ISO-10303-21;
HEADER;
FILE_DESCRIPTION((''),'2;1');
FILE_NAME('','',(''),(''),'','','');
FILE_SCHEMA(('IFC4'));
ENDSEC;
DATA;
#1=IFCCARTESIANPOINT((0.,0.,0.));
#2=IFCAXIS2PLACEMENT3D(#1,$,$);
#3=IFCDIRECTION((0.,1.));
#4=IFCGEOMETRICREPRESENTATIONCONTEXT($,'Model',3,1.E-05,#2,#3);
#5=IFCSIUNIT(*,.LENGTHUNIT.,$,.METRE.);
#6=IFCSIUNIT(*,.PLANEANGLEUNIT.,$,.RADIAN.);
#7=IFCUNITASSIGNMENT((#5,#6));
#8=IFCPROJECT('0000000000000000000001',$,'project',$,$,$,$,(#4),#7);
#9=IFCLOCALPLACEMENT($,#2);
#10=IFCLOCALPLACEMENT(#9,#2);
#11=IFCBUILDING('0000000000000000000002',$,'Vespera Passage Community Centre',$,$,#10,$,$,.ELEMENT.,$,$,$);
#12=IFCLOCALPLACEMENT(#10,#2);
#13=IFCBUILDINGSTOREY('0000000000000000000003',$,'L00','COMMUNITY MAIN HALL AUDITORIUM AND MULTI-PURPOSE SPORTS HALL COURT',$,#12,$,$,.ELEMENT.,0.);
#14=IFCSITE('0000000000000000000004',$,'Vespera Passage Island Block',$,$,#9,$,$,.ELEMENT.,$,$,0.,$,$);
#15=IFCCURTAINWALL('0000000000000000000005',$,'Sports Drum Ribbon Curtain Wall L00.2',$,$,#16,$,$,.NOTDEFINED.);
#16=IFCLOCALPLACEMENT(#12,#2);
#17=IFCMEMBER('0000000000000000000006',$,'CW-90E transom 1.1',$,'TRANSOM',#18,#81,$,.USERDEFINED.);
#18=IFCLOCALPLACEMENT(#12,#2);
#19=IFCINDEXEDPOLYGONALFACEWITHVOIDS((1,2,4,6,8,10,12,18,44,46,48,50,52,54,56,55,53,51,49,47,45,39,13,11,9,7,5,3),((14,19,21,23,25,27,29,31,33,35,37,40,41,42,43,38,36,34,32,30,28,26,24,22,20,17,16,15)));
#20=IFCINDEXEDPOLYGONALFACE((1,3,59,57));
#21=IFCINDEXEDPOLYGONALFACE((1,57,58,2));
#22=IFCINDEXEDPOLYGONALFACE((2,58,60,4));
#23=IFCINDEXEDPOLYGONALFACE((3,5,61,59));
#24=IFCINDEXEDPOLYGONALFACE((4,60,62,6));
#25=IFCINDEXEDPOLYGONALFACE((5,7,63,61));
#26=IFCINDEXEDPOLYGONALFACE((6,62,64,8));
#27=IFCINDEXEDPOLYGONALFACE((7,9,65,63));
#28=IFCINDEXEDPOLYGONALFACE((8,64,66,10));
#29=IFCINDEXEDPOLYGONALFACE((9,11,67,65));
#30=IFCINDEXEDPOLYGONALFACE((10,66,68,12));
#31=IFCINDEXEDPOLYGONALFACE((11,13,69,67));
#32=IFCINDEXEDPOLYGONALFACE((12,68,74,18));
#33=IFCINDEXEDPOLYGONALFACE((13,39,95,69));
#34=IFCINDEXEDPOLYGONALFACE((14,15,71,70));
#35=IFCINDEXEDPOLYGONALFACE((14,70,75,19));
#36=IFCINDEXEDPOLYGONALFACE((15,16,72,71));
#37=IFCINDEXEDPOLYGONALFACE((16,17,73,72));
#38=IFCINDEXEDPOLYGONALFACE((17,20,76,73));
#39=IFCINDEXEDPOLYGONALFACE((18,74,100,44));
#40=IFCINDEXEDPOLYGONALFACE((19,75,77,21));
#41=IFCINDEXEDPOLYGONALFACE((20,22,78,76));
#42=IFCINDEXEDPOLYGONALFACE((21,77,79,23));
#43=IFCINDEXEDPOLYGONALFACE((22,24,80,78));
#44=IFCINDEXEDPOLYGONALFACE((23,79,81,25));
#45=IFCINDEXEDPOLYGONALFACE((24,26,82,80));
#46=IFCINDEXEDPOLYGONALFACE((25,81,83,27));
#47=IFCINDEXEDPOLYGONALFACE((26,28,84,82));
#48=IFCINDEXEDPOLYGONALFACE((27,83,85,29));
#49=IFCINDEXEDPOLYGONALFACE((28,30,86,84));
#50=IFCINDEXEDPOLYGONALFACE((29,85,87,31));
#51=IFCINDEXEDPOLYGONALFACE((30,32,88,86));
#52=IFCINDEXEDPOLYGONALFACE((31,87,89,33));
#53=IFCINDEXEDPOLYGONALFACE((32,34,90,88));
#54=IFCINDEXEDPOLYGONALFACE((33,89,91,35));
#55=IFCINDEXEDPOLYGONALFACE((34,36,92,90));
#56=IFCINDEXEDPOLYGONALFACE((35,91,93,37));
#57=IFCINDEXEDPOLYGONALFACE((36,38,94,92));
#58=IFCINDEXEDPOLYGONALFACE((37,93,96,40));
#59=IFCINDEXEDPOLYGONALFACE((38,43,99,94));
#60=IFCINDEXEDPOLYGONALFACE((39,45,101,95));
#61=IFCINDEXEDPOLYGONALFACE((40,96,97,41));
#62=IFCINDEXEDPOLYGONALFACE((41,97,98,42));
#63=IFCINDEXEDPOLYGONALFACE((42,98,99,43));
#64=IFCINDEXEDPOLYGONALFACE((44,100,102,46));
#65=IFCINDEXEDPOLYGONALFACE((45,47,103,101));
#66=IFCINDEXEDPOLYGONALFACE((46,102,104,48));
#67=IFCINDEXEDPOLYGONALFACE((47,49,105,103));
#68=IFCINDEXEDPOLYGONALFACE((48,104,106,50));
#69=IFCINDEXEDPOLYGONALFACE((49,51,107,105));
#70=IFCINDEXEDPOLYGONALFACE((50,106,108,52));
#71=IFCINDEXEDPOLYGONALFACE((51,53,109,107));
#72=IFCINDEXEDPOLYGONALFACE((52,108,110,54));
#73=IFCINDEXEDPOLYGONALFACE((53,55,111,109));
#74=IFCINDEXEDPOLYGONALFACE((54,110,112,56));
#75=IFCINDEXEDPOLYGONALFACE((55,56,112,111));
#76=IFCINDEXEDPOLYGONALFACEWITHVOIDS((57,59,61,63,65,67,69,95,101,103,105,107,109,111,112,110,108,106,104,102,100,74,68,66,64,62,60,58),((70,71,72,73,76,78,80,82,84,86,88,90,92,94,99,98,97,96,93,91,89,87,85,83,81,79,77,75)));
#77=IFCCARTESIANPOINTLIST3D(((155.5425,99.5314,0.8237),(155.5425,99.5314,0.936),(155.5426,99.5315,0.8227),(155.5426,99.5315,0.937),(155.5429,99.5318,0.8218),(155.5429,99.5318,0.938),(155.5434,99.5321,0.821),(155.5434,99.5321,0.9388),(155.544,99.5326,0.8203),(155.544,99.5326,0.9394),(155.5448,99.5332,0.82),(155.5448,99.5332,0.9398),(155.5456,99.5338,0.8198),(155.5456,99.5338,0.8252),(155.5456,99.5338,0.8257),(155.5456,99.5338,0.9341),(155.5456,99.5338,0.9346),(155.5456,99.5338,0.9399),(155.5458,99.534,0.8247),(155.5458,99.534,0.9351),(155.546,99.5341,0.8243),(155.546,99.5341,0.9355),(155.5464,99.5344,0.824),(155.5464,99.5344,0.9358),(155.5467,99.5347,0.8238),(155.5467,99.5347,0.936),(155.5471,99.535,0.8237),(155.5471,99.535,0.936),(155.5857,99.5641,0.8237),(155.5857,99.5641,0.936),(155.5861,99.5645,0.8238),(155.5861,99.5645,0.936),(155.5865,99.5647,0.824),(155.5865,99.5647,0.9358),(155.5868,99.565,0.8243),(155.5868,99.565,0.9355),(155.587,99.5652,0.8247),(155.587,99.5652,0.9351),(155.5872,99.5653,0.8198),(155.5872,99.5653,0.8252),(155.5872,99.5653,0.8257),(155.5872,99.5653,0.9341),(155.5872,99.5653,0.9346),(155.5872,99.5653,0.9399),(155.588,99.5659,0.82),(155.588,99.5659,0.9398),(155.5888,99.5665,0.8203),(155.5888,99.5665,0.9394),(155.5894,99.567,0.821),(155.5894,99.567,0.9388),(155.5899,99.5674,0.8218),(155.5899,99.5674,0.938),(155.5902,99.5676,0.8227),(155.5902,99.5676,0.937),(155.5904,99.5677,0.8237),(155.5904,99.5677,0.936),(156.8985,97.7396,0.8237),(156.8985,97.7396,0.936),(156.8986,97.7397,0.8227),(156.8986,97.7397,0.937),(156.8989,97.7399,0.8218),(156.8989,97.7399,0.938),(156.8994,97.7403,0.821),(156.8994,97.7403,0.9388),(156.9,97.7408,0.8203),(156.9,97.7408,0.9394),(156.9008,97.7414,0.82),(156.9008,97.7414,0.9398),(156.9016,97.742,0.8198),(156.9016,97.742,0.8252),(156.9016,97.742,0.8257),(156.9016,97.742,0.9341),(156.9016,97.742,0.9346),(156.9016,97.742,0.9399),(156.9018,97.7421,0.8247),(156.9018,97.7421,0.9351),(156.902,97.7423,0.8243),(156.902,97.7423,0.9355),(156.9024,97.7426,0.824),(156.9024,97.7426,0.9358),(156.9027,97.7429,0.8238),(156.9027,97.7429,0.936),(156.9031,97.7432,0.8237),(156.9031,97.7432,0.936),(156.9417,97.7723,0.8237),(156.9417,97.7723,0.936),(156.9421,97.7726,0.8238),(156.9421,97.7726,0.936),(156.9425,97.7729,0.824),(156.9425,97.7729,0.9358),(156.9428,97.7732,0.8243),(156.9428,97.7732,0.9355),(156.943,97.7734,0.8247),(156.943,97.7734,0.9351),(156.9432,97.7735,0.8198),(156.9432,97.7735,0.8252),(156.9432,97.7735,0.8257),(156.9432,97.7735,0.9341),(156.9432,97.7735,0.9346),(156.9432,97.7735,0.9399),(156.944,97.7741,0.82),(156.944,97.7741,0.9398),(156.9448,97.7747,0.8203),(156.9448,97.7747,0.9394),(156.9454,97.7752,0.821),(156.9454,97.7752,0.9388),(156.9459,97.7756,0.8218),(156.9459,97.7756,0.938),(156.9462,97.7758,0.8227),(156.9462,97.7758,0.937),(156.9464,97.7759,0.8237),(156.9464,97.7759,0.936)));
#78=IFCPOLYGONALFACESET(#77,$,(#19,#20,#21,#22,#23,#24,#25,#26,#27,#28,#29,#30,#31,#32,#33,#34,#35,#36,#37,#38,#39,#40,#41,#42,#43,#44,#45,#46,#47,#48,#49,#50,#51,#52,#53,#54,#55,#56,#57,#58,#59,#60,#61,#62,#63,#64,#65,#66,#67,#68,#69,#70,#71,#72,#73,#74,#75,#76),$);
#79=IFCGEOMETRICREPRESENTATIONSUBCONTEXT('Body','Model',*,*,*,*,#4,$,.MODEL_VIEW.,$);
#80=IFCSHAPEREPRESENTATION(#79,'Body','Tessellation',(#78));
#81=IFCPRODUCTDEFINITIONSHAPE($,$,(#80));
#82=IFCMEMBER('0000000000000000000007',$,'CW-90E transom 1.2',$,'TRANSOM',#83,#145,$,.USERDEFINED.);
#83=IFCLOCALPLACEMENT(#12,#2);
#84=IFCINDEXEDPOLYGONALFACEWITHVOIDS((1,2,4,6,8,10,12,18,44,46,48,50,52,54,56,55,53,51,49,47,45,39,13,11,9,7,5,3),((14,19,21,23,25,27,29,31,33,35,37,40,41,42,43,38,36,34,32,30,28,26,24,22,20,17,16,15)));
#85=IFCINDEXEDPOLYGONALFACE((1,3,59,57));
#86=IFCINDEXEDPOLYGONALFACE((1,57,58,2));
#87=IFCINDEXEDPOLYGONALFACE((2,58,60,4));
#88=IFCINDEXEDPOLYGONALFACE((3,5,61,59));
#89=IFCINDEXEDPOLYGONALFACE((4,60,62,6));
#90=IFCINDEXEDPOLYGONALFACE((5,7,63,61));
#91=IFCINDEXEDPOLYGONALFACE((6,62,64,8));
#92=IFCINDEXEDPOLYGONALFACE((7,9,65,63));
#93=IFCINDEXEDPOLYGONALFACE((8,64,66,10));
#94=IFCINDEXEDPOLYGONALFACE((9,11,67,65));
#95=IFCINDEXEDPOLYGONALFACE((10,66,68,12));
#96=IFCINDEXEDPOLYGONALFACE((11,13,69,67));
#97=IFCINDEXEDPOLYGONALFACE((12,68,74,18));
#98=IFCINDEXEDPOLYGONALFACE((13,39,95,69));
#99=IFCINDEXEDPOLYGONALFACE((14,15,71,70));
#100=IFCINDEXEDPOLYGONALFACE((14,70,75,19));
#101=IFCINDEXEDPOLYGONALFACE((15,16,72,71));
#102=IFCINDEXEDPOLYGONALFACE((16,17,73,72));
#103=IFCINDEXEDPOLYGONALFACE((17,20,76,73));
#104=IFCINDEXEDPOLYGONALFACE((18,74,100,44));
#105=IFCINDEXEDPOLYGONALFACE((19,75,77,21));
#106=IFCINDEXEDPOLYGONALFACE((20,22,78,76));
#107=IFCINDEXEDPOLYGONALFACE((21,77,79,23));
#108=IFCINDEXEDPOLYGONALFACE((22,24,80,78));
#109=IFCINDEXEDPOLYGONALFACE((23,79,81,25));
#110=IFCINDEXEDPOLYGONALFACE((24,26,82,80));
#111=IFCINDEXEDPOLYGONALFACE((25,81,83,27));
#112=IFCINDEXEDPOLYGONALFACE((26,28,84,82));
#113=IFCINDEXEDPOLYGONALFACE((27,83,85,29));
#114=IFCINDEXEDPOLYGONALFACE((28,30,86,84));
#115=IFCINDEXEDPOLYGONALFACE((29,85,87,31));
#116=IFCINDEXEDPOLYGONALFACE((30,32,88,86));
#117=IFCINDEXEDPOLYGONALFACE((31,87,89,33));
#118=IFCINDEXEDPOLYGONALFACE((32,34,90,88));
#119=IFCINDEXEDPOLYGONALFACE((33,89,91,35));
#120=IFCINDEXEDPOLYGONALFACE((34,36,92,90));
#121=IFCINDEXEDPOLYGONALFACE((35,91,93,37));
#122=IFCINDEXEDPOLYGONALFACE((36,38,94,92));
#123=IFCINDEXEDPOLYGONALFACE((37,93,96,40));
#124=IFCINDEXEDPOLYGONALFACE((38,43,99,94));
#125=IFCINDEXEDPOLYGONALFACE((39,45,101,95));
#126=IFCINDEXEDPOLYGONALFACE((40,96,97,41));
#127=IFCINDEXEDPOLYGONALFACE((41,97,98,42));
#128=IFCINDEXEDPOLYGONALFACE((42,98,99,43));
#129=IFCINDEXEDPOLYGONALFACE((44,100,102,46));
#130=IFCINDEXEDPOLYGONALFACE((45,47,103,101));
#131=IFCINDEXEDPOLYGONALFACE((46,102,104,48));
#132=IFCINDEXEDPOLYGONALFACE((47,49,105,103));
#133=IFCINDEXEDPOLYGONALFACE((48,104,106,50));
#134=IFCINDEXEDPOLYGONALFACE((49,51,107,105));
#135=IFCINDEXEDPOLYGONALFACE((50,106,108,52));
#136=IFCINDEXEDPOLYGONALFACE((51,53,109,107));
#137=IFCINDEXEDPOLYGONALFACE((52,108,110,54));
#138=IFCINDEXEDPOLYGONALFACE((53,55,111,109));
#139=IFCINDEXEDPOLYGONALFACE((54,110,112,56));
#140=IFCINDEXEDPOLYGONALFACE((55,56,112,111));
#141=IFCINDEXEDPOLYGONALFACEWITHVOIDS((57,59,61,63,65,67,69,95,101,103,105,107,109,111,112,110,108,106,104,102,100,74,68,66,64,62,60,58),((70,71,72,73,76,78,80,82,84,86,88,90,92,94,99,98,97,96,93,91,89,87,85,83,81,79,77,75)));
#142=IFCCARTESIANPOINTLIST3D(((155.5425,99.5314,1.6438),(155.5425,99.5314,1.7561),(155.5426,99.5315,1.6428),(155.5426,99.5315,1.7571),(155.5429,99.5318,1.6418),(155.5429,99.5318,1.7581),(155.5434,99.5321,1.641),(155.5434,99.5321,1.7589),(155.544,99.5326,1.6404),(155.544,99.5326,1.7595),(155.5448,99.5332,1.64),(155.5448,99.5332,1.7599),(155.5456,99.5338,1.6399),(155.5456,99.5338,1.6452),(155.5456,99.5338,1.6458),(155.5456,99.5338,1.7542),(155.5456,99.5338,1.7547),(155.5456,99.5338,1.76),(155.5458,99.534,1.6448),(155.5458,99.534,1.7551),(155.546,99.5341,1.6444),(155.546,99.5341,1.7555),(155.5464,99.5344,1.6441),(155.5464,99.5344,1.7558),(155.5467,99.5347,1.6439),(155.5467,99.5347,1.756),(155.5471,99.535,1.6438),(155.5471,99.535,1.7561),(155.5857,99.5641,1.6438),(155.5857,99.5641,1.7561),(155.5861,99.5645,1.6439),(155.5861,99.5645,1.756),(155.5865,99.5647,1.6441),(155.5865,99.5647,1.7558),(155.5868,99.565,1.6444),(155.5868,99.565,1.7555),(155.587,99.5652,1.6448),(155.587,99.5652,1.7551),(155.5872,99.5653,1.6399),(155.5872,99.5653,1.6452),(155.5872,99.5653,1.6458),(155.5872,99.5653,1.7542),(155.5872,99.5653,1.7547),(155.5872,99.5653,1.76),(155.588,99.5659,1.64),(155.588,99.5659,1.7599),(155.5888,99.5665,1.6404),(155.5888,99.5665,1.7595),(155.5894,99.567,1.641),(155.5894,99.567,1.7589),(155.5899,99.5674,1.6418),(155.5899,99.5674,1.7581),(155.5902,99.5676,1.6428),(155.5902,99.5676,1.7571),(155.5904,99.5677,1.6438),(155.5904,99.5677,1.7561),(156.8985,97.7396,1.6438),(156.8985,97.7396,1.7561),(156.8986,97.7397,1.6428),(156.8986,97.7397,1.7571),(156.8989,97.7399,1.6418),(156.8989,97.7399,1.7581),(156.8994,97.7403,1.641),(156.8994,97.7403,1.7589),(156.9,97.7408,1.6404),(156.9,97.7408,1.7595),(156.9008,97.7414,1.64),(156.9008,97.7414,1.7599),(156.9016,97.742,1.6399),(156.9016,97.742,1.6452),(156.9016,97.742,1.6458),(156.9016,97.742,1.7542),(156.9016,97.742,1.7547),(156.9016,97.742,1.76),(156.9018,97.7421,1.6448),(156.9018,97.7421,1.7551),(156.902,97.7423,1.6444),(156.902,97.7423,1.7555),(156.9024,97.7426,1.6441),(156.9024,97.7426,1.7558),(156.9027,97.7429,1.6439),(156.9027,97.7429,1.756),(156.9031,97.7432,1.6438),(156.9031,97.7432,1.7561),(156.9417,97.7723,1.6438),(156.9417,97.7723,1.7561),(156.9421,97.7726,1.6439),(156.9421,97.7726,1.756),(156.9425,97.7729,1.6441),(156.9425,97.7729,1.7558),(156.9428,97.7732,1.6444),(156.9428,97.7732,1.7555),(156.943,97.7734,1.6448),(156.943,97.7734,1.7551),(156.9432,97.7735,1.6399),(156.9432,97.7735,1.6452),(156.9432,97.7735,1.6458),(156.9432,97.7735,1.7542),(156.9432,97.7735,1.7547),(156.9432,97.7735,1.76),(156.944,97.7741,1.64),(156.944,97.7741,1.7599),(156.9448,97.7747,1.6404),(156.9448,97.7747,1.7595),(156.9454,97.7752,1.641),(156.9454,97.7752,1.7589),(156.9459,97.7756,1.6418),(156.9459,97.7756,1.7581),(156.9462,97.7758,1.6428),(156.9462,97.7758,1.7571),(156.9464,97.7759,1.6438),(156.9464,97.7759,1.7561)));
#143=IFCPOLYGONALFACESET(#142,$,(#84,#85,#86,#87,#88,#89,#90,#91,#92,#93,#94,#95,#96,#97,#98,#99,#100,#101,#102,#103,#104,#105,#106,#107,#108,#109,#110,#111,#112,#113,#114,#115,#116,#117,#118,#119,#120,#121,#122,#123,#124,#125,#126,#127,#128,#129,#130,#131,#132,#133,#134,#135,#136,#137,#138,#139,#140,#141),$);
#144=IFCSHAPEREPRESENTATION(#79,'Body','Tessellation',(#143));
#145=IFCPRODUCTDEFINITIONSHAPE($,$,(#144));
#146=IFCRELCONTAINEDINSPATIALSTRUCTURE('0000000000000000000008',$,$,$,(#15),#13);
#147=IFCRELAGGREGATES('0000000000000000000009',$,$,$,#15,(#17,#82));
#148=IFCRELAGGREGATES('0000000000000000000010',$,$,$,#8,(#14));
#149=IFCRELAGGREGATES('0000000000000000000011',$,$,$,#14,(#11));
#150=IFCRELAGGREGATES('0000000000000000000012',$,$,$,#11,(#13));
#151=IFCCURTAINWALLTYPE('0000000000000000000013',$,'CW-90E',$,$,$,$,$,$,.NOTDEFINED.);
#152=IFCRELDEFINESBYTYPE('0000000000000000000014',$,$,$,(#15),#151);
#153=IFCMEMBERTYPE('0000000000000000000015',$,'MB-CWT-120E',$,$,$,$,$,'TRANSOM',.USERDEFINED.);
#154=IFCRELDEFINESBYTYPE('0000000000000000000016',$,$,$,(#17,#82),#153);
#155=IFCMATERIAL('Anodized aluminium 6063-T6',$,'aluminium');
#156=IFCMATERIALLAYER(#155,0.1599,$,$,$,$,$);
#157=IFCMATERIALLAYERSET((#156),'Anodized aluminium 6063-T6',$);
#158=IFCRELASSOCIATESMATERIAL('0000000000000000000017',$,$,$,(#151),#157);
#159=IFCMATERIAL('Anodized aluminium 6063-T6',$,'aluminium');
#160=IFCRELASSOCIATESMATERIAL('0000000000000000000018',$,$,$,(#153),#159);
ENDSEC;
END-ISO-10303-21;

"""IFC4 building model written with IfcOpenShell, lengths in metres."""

from ifc_helpers import new_model, si_unit, direction, frame, origin, origin_2d, place, context, subcontext, project, spatial, hollow_rectangle, extrude, material, layer, layer_set, material_profile, profile_set, type_object, element, aggregate, save


model = new_model("IFC4")

# Units and contexts
model_context = context("Model", 3, precision=1e-05, world=origin(), true_north=direction((0.0, 1.0)))
body_context = subcontext(model_context, "Body", "Model", "MODEL_VIEW")
ifc_project = project(units=[si_unit("LENGTHUNIT", "METRE"), si_unit("PLANEANGLEUNIT", "RADIAN")], contexts=[model_context])

# Site, building, storey
site_placement = place(None, origin())
site = spatial("IfcSite", under=ifc_project, at=site_placement, Name="Vespera Passage Island Block", CompositionType="ELEMENT", RefElevation=0.0)
building_placement = place(site_placement, origin())
building = spatial("IfcBuilding", under=site, at=building_placement, Name="Vespera Passage Community Centre", CompositionType="ELEMENT")
storey_placement = place(building_placement, origin())
storey = spatial("IfcBuildingStorey", under=building, at=storey_placement, Name="L00", Description="COMMUNITY MAIN HALL AUDITORIUM AND MULTI-PURPOSE SPORTS HALL COURT", CompositionType="ELEMENT", Elevation=0.0)

# Curtain wall
ifc_material_1 = material(Name="Anodized aluminium 6063-T6", Category="aluminium")
ifc_layer_1 = layer(ifc_material_1, 0.1599)
ifc_layer_set_1 = layer_set([ifc_layer_1], Name="Anodized aluminium 6063-T6")
curtain_wall_type_1 = type_object("IfcCurtainWallType", Name="CW-90E", PredefinedType="NOTDEFINED", material=ifc_layer_set_1)
curtain_wall_1_placement = place(storey_placement, origin())
curtain_wall_1 = element("IfcCurtainWall", 1, at=curtain_wall_1_placement, inside=storey, type_object=curtain_wall_type_1, Name="Sports Drum Ribbon Curtain Wall L00.2", PredefinedType="NOTDEFINED")

# Members
ifc_material_2 = material(Name="Anodized aluminium 6063-T6", Category="aluminium")
ifc_material_profile_1 = material_profile(ifc_material_2, hollow_rectangle(XDim=0.0601, YDim=0.1201, WallThickness=0.0039, InnerFilletRadius=0.002, OuterFilletRadius=0.0039, at=origin_2d()), Name="ALU120X60X4")
ifc_profile_set_1 = profile_set([ifc_material_profile_1], Name="Anodized aluminium 6063-T6")
member_type_1 = type_object("IfcMemberType", Name="MB-CWT-120E", ElementType="TRANSOM", PredefinedType="USERDEFINED", material=ifc_profile_set_1)
member_1_placement = place(storey_placement, frame((155.5664, 99.5496, 0.8799), z_axis=(0.603454, -0.797398, 0.0), x_axis=(0.797398, 0.603454, 0.0)))
member_1 = element("IfcMember", 2, at=member_1_placement, type_object=member_type_1, Name="CW-90E transom 1.1", ObjectType="TRANSOM", PredefinedType="USERDEFINED", context=body_context, shape_type="SweptSolid", body=[
    extrude(hollow_rectangle(XDim=0.0601, YDim=0.1201, WallThickness=0.0039, InnerFilletRadius=0.002, OuterFilletRadius=0.0039, at=origin_2d()), origin(), (0.0, 0.0, 1.0), 2.2471),
])
member_2_placement = place(storey_placement, frame((155.5664, 99.5496, 1.7), z_axis=(0.603454, -0.797398, 0.0), x_axis=(0.797398, 0.603454, 0.0)))
member_2 = element("IfcMember", 3, at=member_2_placement, type_object=member_type_1, Name="CW-90E transom 1.2", ObjectType="TRANSOM", PredefinedType="USERDEFINED", context=body_context, shape_type="SweptSolid", body=[
    extrude(hollow_rectangle(XDim=0.0601, YDim=0.1201, WallThickness=0.0039, InnerFilletRadius=0.002, OuterFilletRadius=0.0039, at=origin_2d()), origin(), (0.0, 0.0, 1.0), 2.2471),
])

aggregate(curtain_wall_1, [member_1, member_2])

save(model, "model.ifc")
